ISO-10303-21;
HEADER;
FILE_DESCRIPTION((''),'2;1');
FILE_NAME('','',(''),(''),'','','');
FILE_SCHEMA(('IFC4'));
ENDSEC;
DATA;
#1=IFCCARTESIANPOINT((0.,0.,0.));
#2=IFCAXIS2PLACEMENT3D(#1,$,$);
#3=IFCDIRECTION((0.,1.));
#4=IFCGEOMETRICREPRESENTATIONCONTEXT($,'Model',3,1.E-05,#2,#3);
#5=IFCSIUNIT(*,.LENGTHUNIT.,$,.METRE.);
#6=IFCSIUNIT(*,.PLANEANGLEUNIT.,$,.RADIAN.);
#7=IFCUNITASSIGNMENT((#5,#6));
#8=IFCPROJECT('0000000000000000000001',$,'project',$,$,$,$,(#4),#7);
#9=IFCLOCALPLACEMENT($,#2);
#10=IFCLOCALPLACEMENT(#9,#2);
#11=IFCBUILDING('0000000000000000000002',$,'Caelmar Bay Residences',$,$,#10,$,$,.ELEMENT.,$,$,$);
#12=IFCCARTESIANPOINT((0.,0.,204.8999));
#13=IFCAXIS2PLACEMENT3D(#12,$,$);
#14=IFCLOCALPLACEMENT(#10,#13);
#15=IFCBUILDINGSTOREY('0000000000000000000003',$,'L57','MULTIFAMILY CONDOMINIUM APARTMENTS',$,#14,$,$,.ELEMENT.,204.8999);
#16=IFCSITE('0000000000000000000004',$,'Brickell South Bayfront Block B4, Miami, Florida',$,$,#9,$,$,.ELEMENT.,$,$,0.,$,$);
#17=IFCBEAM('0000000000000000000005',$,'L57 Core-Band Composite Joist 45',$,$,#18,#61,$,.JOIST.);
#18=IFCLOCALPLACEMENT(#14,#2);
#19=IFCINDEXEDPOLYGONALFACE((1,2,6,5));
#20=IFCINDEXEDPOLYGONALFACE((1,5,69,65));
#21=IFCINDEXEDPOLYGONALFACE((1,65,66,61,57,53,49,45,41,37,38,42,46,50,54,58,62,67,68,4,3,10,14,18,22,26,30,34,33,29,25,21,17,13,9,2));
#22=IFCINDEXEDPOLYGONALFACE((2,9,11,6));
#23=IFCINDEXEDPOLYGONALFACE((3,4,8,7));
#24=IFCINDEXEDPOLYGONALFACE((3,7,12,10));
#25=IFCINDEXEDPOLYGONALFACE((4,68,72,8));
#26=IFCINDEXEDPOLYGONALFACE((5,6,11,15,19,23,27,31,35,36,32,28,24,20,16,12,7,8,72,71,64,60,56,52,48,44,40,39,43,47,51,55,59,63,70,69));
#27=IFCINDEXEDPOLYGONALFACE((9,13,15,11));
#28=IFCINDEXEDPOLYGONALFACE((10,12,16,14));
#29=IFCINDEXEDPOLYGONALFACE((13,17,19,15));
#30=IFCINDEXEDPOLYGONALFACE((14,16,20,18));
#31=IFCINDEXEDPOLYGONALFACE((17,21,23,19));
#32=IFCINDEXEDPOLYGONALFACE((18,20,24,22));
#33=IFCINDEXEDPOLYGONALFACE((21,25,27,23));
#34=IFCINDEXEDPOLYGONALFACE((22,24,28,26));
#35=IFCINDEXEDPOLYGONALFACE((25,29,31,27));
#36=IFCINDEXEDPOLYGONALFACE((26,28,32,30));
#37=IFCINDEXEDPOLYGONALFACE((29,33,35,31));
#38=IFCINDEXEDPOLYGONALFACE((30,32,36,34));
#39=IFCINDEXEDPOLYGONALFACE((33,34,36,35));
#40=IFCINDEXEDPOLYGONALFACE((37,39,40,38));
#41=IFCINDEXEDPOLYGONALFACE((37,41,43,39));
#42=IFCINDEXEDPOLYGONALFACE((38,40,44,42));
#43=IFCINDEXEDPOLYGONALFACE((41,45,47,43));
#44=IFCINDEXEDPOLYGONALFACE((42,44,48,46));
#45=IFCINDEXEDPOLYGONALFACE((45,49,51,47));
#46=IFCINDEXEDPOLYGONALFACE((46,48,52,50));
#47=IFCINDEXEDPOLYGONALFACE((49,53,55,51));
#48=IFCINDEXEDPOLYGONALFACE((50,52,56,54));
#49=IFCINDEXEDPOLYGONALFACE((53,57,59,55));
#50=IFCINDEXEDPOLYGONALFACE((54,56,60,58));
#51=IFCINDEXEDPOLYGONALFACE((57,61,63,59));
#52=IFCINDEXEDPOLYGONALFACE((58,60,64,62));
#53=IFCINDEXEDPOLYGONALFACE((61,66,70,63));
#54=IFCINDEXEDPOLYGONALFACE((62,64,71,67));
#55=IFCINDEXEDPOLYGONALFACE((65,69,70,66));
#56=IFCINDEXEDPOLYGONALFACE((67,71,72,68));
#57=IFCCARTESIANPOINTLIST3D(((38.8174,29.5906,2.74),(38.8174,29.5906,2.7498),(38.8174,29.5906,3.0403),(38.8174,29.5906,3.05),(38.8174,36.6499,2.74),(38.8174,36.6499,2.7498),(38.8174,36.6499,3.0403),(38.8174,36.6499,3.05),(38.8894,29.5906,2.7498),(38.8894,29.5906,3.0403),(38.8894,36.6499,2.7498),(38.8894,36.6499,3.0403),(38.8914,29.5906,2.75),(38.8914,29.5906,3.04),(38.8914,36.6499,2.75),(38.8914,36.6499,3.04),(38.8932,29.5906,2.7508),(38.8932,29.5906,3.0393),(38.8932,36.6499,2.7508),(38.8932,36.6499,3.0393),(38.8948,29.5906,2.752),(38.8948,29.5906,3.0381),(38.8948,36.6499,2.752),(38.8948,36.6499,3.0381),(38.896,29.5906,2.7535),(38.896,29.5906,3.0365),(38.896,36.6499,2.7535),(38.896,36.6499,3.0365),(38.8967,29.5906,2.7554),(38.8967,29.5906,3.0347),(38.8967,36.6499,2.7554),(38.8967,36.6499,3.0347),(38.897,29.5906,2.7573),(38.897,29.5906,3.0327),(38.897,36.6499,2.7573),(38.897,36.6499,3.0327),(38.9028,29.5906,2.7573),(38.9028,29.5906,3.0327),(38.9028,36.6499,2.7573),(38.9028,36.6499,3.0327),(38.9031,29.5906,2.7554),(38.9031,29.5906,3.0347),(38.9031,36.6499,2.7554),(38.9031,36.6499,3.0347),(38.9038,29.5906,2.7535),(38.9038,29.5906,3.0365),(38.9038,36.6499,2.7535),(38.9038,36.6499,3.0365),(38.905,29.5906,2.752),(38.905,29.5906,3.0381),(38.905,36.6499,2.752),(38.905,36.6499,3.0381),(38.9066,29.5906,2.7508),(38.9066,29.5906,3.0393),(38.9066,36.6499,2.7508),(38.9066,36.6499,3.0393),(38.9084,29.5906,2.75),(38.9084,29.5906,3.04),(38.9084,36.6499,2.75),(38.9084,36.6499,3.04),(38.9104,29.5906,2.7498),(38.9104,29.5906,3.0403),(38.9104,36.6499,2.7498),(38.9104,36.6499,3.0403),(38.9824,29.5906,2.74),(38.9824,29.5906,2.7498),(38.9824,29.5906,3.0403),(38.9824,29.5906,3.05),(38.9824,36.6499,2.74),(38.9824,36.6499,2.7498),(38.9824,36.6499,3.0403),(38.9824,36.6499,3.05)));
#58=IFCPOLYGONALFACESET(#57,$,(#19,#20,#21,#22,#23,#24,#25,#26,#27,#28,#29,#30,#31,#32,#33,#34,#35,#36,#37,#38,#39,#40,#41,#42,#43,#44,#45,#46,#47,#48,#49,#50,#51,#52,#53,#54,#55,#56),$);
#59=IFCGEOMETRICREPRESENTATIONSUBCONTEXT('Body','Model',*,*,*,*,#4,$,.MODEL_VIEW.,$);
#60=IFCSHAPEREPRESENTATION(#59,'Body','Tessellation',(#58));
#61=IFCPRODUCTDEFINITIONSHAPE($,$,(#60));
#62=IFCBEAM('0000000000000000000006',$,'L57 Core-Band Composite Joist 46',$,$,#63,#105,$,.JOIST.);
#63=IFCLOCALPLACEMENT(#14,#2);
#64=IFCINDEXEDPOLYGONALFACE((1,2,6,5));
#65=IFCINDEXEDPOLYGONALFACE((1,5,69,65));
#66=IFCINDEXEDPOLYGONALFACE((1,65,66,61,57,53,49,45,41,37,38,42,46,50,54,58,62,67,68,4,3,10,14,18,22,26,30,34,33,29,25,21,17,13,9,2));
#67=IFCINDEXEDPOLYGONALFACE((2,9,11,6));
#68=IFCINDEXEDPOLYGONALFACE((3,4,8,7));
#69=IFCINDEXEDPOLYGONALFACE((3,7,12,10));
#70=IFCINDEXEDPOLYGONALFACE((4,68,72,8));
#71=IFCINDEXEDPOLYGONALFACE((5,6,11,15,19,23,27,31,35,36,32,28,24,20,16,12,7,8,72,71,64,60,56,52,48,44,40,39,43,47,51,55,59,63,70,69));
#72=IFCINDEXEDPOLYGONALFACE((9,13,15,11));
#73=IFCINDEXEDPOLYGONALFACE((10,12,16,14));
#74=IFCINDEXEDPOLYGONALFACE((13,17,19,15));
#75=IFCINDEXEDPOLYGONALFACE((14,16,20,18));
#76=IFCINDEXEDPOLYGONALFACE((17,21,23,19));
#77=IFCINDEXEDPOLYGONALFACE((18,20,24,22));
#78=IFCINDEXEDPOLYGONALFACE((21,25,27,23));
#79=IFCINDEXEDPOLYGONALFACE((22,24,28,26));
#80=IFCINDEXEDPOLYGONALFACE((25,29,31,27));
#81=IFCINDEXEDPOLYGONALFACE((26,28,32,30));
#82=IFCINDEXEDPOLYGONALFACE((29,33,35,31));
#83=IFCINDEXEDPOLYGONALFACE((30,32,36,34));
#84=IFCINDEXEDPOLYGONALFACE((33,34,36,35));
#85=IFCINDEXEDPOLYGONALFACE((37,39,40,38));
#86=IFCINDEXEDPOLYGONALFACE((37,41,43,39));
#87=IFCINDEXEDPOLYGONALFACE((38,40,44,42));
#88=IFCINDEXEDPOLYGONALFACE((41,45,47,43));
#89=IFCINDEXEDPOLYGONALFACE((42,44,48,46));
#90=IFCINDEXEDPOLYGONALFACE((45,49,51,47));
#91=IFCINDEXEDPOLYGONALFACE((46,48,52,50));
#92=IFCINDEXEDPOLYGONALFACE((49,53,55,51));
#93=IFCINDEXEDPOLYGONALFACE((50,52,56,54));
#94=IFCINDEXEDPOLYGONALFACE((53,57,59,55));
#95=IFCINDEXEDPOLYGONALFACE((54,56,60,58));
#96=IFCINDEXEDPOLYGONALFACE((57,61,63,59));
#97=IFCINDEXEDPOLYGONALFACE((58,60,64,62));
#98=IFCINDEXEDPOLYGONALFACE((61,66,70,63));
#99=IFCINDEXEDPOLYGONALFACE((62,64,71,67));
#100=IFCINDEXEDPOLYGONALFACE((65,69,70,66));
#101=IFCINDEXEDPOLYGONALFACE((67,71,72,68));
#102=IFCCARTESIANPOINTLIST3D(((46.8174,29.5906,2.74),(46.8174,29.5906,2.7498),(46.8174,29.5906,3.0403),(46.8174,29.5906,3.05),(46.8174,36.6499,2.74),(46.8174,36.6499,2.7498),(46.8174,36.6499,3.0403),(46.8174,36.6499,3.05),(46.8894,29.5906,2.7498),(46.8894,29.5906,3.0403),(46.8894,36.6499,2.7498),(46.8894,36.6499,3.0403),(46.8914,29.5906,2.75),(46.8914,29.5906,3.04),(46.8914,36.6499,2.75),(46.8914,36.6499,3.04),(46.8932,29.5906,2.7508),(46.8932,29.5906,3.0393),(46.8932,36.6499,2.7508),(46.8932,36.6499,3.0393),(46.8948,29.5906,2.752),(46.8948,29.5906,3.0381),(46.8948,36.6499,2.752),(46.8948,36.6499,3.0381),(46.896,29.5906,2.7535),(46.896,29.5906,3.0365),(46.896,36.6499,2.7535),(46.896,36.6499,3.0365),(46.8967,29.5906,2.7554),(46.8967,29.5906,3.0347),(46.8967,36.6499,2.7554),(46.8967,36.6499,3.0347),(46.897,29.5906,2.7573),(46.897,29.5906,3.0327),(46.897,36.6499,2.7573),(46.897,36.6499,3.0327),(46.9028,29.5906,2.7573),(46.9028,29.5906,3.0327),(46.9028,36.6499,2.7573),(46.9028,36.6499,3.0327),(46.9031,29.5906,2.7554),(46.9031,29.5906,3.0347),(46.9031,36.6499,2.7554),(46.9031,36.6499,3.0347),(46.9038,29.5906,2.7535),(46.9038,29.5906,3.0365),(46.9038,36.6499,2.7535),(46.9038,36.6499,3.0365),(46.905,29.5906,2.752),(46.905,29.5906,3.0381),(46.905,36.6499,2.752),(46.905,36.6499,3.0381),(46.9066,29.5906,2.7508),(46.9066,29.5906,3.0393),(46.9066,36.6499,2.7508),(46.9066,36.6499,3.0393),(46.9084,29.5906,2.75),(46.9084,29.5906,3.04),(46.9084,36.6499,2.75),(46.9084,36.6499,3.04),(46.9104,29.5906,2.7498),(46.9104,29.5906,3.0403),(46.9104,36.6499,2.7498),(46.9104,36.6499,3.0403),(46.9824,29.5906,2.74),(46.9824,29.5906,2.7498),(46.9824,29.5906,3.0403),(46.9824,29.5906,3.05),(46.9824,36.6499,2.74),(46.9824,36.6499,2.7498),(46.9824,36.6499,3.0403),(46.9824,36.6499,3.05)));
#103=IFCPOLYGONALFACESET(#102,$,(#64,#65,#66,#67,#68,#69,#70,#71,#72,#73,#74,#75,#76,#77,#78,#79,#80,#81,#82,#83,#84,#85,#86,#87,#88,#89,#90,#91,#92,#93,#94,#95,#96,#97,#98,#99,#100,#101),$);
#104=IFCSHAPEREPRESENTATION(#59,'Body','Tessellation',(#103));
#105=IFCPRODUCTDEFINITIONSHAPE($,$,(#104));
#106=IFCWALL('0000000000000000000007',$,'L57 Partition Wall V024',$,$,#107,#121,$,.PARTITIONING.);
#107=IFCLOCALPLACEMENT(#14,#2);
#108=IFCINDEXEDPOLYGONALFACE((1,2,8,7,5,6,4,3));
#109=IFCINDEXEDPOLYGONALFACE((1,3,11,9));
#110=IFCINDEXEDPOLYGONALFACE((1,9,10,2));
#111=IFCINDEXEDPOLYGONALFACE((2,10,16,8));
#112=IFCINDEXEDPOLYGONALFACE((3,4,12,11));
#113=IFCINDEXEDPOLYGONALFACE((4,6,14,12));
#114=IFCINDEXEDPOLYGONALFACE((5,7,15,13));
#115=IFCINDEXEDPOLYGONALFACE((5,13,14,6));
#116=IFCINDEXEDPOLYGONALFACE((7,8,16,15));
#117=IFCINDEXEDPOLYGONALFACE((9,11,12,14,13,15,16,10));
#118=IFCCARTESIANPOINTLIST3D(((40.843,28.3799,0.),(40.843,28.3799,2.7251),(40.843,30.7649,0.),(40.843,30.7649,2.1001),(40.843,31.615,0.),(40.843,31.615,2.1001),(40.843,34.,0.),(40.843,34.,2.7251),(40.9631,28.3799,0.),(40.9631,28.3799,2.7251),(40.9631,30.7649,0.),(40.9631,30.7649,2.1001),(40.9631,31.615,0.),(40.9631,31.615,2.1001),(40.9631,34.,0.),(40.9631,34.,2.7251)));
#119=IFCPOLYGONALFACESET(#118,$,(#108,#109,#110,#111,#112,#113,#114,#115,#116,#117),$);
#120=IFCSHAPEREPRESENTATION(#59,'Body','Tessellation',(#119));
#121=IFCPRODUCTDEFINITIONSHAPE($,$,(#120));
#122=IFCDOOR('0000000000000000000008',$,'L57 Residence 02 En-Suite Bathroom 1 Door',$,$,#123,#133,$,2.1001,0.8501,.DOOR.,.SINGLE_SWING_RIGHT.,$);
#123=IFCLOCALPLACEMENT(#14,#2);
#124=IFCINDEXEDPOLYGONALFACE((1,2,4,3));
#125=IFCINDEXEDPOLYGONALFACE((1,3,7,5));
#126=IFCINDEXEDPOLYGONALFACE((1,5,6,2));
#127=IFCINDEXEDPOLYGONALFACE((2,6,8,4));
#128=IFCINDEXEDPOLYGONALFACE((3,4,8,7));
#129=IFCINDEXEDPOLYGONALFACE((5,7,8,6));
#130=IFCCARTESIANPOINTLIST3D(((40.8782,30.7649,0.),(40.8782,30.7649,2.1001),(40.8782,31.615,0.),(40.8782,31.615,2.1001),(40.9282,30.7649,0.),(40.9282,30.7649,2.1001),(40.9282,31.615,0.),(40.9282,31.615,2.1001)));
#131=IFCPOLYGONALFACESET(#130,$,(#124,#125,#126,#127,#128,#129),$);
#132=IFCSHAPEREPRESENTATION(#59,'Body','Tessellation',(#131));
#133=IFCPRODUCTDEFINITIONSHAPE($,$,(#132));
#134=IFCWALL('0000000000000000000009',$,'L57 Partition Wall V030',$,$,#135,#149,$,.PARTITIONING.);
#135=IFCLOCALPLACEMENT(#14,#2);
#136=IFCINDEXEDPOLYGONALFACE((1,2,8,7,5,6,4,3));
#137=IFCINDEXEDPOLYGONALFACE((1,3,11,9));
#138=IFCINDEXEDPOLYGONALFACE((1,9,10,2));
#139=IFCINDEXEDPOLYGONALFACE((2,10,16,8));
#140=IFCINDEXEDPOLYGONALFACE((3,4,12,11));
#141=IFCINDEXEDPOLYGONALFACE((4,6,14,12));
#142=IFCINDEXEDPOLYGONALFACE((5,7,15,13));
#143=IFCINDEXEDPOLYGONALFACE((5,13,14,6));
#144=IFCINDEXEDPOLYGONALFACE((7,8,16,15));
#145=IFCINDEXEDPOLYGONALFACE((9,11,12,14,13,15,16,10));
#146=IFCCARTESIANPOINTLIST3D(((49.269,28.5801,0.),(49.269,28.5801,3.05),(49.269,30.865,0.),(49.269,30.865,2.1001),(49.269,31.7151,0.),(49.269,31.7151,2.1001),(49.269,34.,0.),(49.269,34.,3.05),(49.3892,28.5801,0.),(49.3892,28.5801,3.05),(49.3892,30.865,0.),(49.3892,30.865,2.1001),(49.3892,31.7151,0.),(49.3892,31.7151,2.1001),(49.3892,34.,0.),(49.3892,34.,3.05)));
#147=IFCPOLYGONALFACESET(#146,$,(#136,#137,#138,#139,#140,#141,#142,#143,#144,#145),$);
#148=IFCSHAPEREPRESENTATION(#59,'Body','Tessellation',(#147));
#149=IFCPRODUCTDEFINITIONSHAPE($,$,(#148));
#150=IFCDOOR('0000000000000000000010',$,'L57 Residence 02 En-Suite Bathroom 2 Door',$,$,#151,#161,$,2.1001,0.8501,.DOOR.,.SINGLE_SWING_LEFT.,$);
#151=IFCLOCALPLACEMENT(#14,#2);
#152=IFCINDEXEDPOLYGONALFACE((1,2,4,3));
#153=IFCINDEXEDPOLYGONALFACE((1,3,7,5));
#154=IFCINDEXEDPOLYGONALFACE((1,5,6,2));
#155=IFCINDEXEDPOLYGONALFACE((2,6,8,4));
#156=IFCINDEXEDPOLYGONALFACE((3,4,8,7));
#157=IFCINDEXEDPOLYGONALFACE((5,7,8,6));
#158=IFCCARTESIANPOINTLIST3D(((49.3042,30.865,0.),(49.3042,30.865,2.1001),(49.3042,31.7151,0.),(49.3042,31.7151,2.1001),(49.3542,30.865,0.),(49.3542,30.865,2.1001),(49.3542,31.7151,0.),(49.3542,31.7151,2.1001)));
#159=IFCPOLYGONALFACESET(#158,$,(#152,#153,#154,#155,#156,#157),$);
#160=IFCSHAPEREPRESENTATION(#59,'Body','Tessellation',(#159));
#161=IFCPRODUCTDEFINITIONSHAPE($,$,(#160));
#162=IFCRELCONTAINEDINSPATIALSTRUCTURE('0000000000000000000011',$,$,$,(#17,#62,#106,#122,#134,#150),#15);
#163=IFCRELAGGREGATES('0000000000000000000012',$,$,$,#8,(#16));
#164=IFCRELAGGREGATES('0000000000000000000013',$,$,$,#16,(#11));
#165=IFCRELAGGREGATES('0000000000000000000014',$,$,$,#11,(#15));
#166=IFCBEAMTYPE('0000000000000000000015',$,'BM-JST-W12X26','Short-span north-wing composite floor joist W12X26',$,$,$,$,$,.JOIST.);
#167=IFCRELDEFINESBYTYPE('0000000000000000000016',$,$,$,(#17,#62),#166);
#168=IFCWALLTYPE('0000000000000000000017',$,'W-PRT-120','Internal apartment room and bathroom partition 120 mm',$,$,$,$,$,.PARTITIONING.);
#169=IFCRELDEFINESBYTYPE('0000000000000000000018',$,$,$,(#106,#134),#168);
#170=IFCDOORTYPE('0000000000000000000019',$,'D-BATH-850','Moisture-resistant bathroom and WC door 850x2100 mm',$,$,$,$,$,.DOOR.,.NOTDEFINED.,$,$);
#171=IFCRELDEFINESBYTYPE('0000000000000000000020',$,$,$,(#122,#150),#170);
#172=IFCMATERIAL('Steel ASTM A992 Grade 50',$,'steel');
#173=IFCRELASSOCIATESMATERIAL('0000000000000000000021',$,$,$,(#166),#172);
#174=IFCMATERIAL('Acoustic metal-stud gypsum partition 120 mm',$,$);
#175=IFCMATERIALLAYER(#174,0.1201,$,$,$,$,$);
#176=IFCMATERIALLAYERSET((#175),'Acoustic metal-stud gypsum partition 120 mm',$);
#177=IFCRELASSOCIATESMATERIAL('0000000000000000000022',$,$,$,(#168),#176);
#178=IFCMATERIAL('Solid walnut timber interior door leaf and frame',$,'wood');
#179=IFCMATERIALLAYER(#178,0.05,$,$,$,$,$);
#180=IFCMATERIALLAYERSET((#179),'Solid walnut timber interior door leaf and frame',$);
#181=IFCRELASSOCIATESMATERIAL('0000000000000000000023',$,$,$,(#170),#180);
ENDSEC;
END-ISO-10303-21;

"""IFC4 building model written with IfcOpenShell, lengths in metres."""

from ifc_helpers import new_model, si_unit, direction, frame, frame_2d, origin, origin_2d, place, context, subcontext, project, spatial, rectangle, i_section, extrude, material, layer, layer_set, material_profile, profile_set, type_object, element, fill, save


model = new_model("IFC4")

# Units and contexts
model_context = context("Model", 3, precision=1e-05, world=origin(), true_north=direction((0.0, 1.0)))
body_context = subcontext(model_context, "Body", "Model", "MODEL_VIEW")
ifc_project = project(units=[si_unit("LENGTHUNIT", "METRE"), si_unit("PLANEANGLEUNIT", "RADIAN")], contexts=[model_context])

# Site, building, storey
site_placement = place(None, origin())
site = spatial("IfcSite", under=ifc_project, at=site_placement, Name="Brickell South Bayfront Block B4, Miami, Florida", CompositionType="ELEMENT", RefElevation=0.0)
building_placement = place(site_placement, origin())
building = spatial("IfcBuilding", under=site, at=building_placement, Name="Caelmar Bay Residences", CompositionType="ELEMENT")
storey_placement = place(building_placement, frame((0.0, 0.0, 204.8999)))
storey = spatial("IfcBuildingStorey", under=building, at=storey_placement, Name="L57", Description="MULTIFAMILY CONDOMINIUM APARTMENTS", CompositionType="ELEMENT", Elevation=204.8999)

# Beams
ifc_material_1 = material(Name="Steel ASTM A992 Grade 50", Category="steel")
ifc_material_profile_1 = material_profile(ifc_material_1, i_section(OverallWidth=0.165, OverallDepth=0.3101, WebThickness=0.0059, FlangeThickness=0.0098, FilletRadius=0.0076, at=origin_2d()), Name="W12X26")
ifc_profile_set_1 = profile_set([ifc_material_profile_1], Name="Steel ASTM A992 Grade 50")
beam_type_1 = type_object("IfcBeamType", Name="BM-JST-W12X26", Description="Short-span north-wing composite floor joist W12X26", PredefinedType="JOIST", material=ifc_profile_set_1)
for number, where, z_axis, x_axis, name in (
    (1, (38.8999, 29.5906, 2.895), (0.0, 1.0, 0.0), (-1.0, 0.0, 0.0), "L57 Core-Band Composite Joist 45"),
    (2, (46.8999, 29.5906, 2.895), (0.0, 1.0, 0.0), (-1.0, 0.0, 0.0), "L57 Core-Band Composite Joist 46"),
):
    element("IfcBeam", number, at=place(storey_placement, frame(where, z_axis=z_axis, x_axis=x_axis)), inside=storey, type_object=beam_type_1, Name=name, PredefinedType="JOIST", context=body_context, shape_type="SweptSolid", body=[
        extrude(i_section(OverallWidth=0.165, OverallDepth=0.3101, WebThickness=0.0059, FlangeThickness=0.0098, FilletRadius=0.0076, at=origin_2d()), origin(), (0.0, 0.0, 1.0), 7.0593),
    ])

# Walls, openings, doors
ifc_material_2 = material(Name="Acoustic metal-stud gypsum partition 120 mm")
ifc_layer_1 = layer(ifc_material_2, 0.1201)
ifc_layer_set_1 = layer_set([ifc_layer_1], Name="Acoustic metal-stud gypsum partition 120 mm")
wall_type = type_object("IfcWallType", Name="W-PRT-120", Description="Internal apartment room and bathroom partition 120 mm", PredefinedType="PARTITIONING", material=ifc_layer_set_1)
wall_1_placement = place(storey_placement, frame((40.9031, 28.3799, 0.0), z_axis=(0.0, 0.0, 1.0), x_axis=(0.0, 1.0, 0.0)))
wall_1 = element("IfcWall", 3, at=wall_1_placement, inside=storey, type_object=wall_type, Name="L57 Partition Wall V024", PredefinedType="PARTITIONING", context=body_context, shape_type="SweptSolid", body=[
    extrude(rectangle(XDim=5.6201, YDim=0.1201, at=frame_2d((2.8101, 0.0))), origin(), (0.0, 0.0, 1.0), 2.7251),
])
opening_1_placement = place(wall_1_placement, frame((2.385, 0.0, 0.0)))
opening_1 = element("IfcOpeningElement", 4, at=opening_1_placement, cuts=wall_1, PredefinedType="OPENING", context=body_context, shape_type="SweptSolid", body=[
    extrude(rectangle(XDim=0.8501, YDim=2.1001, at=frame_2d((0.425, 1.05))), frame((0.0, 0.0701, 0.0), z_axis=(0.0, -1.0, 0.0), x_axis=(1.0, 0.0, 0.0)), (0.0, 0.0, 1.0), 0.1401),
])
ifc_material_3 = material(Name="Solid walnut timber interior door leaf and frame", Category="wood")
ifc_layer_2 = layer(ifc_material_3, 0.05)
ifc_layer_set_2 = layer_set([ifc_layer_2], Name="Solid walnut timber interior door leaf and frame")
door_type_1 = type_object("IfcDoorType", Name="D-BATH-850", Description="Moisture-resistant bathroom and WC door 850x2100 mm", OperationType="NOTDEFINED", PredefinedType="DOOR", material=ifc_layer_set_2)
door_1_placement = place(opening_1_placement, origin())
door_1 = element("IfcDoor", 5, at=door_1_placement, inside=storey, type_object=door_type_1, Name="L57 Residence 02 En-Suite Bathroom 1 Door", OperationType="SINGLE_SWING_RIGHT", OverallHeight=2.1001, OverallWidth=0.8501, PredefinedType="DOOR", context=body_context, shape_type="SweptSolid", body=[
    extrude(rectangle(XDim=0.8501, YDim=2.1001, at=frame_2d((0.425, 1.05))), frame((0.0, 0.0249, 0.0), z_axis=(0.0, -1.0, 0.0), x_axis=(1.0, 0.0, 0.0)), (0.0, 0.0, 1.0), 0.05),
])
fill(opening_1, door_1)
wall_2_placement = place(storey_placement, frame((49.3291, 28.5801, 0.0), z_axis=(0.0, 0.0, 1.0), x_axis=(0.0, 1.0, 0.0)))
wall_2 = element("IfcWall", 6, at=wall_2_placement, inside=storey, type_object=wall_type, Name="L57 Partition Wall V030", PredefinedType="PARTITIONING", context=body_context, shape_type="SweptSolid", body=[
    extrude(rectangle(XDim=5.4199, YDim=0.1201, at=frame_2d((2.71, 0.0))), origin(), (0.0, 0.0, 1.0), 3.05),
])
opening_2_placement = place(wall_2_placement, frame((2.2849, 0.0, 0.0)))
opening_2 = element("IfcOpeningElement", 7, at=opening_2_placement, cuts=wall_2, PredefinedType="OPENING", context=body_context, shape_type="SweptSolid", body=[
    extrude(rectangle(XDim=0.8501, YDim=2.1001, at=frame_2d((0.425, 1.05))), frame((0.0, 0.0701, 0.0), z_axis=(0.0, -1.0, 0.0), x_axis=(1.0, 0.0, 0.0)), (0.0, 0.0, 1.0), 0.1401),
])
door_2_placement = place(opening_2_placement, origin())
door_2 = element("IfcDoor", 8, at=door_2_placement, inside=storey, type_object=door_type_1, Name="L57 Residence 02 En-Suite Bathroom 2 Door", OperationType="SINGLE_SWING_LEFT", OverallHeight=2.1001, OverallWidth=0.8501, PredefinedType="DOOR", context=body_context, shape_type="SweptSolid", body=[
    extrude(rectangle(XDim=0.8501, YDim=2.1001, at=frame_2d((0.425, 1.05))), frame((0.0, 0.0249, 0.0), z_axis=(0.0, -1.0, 0.0), x_axis=(1.0, 0.0, 0.0)), (0.0, 0.0, 1.0), 0.05),
])
fill(opening_2, door_2)

save(model, "model.ifc")
